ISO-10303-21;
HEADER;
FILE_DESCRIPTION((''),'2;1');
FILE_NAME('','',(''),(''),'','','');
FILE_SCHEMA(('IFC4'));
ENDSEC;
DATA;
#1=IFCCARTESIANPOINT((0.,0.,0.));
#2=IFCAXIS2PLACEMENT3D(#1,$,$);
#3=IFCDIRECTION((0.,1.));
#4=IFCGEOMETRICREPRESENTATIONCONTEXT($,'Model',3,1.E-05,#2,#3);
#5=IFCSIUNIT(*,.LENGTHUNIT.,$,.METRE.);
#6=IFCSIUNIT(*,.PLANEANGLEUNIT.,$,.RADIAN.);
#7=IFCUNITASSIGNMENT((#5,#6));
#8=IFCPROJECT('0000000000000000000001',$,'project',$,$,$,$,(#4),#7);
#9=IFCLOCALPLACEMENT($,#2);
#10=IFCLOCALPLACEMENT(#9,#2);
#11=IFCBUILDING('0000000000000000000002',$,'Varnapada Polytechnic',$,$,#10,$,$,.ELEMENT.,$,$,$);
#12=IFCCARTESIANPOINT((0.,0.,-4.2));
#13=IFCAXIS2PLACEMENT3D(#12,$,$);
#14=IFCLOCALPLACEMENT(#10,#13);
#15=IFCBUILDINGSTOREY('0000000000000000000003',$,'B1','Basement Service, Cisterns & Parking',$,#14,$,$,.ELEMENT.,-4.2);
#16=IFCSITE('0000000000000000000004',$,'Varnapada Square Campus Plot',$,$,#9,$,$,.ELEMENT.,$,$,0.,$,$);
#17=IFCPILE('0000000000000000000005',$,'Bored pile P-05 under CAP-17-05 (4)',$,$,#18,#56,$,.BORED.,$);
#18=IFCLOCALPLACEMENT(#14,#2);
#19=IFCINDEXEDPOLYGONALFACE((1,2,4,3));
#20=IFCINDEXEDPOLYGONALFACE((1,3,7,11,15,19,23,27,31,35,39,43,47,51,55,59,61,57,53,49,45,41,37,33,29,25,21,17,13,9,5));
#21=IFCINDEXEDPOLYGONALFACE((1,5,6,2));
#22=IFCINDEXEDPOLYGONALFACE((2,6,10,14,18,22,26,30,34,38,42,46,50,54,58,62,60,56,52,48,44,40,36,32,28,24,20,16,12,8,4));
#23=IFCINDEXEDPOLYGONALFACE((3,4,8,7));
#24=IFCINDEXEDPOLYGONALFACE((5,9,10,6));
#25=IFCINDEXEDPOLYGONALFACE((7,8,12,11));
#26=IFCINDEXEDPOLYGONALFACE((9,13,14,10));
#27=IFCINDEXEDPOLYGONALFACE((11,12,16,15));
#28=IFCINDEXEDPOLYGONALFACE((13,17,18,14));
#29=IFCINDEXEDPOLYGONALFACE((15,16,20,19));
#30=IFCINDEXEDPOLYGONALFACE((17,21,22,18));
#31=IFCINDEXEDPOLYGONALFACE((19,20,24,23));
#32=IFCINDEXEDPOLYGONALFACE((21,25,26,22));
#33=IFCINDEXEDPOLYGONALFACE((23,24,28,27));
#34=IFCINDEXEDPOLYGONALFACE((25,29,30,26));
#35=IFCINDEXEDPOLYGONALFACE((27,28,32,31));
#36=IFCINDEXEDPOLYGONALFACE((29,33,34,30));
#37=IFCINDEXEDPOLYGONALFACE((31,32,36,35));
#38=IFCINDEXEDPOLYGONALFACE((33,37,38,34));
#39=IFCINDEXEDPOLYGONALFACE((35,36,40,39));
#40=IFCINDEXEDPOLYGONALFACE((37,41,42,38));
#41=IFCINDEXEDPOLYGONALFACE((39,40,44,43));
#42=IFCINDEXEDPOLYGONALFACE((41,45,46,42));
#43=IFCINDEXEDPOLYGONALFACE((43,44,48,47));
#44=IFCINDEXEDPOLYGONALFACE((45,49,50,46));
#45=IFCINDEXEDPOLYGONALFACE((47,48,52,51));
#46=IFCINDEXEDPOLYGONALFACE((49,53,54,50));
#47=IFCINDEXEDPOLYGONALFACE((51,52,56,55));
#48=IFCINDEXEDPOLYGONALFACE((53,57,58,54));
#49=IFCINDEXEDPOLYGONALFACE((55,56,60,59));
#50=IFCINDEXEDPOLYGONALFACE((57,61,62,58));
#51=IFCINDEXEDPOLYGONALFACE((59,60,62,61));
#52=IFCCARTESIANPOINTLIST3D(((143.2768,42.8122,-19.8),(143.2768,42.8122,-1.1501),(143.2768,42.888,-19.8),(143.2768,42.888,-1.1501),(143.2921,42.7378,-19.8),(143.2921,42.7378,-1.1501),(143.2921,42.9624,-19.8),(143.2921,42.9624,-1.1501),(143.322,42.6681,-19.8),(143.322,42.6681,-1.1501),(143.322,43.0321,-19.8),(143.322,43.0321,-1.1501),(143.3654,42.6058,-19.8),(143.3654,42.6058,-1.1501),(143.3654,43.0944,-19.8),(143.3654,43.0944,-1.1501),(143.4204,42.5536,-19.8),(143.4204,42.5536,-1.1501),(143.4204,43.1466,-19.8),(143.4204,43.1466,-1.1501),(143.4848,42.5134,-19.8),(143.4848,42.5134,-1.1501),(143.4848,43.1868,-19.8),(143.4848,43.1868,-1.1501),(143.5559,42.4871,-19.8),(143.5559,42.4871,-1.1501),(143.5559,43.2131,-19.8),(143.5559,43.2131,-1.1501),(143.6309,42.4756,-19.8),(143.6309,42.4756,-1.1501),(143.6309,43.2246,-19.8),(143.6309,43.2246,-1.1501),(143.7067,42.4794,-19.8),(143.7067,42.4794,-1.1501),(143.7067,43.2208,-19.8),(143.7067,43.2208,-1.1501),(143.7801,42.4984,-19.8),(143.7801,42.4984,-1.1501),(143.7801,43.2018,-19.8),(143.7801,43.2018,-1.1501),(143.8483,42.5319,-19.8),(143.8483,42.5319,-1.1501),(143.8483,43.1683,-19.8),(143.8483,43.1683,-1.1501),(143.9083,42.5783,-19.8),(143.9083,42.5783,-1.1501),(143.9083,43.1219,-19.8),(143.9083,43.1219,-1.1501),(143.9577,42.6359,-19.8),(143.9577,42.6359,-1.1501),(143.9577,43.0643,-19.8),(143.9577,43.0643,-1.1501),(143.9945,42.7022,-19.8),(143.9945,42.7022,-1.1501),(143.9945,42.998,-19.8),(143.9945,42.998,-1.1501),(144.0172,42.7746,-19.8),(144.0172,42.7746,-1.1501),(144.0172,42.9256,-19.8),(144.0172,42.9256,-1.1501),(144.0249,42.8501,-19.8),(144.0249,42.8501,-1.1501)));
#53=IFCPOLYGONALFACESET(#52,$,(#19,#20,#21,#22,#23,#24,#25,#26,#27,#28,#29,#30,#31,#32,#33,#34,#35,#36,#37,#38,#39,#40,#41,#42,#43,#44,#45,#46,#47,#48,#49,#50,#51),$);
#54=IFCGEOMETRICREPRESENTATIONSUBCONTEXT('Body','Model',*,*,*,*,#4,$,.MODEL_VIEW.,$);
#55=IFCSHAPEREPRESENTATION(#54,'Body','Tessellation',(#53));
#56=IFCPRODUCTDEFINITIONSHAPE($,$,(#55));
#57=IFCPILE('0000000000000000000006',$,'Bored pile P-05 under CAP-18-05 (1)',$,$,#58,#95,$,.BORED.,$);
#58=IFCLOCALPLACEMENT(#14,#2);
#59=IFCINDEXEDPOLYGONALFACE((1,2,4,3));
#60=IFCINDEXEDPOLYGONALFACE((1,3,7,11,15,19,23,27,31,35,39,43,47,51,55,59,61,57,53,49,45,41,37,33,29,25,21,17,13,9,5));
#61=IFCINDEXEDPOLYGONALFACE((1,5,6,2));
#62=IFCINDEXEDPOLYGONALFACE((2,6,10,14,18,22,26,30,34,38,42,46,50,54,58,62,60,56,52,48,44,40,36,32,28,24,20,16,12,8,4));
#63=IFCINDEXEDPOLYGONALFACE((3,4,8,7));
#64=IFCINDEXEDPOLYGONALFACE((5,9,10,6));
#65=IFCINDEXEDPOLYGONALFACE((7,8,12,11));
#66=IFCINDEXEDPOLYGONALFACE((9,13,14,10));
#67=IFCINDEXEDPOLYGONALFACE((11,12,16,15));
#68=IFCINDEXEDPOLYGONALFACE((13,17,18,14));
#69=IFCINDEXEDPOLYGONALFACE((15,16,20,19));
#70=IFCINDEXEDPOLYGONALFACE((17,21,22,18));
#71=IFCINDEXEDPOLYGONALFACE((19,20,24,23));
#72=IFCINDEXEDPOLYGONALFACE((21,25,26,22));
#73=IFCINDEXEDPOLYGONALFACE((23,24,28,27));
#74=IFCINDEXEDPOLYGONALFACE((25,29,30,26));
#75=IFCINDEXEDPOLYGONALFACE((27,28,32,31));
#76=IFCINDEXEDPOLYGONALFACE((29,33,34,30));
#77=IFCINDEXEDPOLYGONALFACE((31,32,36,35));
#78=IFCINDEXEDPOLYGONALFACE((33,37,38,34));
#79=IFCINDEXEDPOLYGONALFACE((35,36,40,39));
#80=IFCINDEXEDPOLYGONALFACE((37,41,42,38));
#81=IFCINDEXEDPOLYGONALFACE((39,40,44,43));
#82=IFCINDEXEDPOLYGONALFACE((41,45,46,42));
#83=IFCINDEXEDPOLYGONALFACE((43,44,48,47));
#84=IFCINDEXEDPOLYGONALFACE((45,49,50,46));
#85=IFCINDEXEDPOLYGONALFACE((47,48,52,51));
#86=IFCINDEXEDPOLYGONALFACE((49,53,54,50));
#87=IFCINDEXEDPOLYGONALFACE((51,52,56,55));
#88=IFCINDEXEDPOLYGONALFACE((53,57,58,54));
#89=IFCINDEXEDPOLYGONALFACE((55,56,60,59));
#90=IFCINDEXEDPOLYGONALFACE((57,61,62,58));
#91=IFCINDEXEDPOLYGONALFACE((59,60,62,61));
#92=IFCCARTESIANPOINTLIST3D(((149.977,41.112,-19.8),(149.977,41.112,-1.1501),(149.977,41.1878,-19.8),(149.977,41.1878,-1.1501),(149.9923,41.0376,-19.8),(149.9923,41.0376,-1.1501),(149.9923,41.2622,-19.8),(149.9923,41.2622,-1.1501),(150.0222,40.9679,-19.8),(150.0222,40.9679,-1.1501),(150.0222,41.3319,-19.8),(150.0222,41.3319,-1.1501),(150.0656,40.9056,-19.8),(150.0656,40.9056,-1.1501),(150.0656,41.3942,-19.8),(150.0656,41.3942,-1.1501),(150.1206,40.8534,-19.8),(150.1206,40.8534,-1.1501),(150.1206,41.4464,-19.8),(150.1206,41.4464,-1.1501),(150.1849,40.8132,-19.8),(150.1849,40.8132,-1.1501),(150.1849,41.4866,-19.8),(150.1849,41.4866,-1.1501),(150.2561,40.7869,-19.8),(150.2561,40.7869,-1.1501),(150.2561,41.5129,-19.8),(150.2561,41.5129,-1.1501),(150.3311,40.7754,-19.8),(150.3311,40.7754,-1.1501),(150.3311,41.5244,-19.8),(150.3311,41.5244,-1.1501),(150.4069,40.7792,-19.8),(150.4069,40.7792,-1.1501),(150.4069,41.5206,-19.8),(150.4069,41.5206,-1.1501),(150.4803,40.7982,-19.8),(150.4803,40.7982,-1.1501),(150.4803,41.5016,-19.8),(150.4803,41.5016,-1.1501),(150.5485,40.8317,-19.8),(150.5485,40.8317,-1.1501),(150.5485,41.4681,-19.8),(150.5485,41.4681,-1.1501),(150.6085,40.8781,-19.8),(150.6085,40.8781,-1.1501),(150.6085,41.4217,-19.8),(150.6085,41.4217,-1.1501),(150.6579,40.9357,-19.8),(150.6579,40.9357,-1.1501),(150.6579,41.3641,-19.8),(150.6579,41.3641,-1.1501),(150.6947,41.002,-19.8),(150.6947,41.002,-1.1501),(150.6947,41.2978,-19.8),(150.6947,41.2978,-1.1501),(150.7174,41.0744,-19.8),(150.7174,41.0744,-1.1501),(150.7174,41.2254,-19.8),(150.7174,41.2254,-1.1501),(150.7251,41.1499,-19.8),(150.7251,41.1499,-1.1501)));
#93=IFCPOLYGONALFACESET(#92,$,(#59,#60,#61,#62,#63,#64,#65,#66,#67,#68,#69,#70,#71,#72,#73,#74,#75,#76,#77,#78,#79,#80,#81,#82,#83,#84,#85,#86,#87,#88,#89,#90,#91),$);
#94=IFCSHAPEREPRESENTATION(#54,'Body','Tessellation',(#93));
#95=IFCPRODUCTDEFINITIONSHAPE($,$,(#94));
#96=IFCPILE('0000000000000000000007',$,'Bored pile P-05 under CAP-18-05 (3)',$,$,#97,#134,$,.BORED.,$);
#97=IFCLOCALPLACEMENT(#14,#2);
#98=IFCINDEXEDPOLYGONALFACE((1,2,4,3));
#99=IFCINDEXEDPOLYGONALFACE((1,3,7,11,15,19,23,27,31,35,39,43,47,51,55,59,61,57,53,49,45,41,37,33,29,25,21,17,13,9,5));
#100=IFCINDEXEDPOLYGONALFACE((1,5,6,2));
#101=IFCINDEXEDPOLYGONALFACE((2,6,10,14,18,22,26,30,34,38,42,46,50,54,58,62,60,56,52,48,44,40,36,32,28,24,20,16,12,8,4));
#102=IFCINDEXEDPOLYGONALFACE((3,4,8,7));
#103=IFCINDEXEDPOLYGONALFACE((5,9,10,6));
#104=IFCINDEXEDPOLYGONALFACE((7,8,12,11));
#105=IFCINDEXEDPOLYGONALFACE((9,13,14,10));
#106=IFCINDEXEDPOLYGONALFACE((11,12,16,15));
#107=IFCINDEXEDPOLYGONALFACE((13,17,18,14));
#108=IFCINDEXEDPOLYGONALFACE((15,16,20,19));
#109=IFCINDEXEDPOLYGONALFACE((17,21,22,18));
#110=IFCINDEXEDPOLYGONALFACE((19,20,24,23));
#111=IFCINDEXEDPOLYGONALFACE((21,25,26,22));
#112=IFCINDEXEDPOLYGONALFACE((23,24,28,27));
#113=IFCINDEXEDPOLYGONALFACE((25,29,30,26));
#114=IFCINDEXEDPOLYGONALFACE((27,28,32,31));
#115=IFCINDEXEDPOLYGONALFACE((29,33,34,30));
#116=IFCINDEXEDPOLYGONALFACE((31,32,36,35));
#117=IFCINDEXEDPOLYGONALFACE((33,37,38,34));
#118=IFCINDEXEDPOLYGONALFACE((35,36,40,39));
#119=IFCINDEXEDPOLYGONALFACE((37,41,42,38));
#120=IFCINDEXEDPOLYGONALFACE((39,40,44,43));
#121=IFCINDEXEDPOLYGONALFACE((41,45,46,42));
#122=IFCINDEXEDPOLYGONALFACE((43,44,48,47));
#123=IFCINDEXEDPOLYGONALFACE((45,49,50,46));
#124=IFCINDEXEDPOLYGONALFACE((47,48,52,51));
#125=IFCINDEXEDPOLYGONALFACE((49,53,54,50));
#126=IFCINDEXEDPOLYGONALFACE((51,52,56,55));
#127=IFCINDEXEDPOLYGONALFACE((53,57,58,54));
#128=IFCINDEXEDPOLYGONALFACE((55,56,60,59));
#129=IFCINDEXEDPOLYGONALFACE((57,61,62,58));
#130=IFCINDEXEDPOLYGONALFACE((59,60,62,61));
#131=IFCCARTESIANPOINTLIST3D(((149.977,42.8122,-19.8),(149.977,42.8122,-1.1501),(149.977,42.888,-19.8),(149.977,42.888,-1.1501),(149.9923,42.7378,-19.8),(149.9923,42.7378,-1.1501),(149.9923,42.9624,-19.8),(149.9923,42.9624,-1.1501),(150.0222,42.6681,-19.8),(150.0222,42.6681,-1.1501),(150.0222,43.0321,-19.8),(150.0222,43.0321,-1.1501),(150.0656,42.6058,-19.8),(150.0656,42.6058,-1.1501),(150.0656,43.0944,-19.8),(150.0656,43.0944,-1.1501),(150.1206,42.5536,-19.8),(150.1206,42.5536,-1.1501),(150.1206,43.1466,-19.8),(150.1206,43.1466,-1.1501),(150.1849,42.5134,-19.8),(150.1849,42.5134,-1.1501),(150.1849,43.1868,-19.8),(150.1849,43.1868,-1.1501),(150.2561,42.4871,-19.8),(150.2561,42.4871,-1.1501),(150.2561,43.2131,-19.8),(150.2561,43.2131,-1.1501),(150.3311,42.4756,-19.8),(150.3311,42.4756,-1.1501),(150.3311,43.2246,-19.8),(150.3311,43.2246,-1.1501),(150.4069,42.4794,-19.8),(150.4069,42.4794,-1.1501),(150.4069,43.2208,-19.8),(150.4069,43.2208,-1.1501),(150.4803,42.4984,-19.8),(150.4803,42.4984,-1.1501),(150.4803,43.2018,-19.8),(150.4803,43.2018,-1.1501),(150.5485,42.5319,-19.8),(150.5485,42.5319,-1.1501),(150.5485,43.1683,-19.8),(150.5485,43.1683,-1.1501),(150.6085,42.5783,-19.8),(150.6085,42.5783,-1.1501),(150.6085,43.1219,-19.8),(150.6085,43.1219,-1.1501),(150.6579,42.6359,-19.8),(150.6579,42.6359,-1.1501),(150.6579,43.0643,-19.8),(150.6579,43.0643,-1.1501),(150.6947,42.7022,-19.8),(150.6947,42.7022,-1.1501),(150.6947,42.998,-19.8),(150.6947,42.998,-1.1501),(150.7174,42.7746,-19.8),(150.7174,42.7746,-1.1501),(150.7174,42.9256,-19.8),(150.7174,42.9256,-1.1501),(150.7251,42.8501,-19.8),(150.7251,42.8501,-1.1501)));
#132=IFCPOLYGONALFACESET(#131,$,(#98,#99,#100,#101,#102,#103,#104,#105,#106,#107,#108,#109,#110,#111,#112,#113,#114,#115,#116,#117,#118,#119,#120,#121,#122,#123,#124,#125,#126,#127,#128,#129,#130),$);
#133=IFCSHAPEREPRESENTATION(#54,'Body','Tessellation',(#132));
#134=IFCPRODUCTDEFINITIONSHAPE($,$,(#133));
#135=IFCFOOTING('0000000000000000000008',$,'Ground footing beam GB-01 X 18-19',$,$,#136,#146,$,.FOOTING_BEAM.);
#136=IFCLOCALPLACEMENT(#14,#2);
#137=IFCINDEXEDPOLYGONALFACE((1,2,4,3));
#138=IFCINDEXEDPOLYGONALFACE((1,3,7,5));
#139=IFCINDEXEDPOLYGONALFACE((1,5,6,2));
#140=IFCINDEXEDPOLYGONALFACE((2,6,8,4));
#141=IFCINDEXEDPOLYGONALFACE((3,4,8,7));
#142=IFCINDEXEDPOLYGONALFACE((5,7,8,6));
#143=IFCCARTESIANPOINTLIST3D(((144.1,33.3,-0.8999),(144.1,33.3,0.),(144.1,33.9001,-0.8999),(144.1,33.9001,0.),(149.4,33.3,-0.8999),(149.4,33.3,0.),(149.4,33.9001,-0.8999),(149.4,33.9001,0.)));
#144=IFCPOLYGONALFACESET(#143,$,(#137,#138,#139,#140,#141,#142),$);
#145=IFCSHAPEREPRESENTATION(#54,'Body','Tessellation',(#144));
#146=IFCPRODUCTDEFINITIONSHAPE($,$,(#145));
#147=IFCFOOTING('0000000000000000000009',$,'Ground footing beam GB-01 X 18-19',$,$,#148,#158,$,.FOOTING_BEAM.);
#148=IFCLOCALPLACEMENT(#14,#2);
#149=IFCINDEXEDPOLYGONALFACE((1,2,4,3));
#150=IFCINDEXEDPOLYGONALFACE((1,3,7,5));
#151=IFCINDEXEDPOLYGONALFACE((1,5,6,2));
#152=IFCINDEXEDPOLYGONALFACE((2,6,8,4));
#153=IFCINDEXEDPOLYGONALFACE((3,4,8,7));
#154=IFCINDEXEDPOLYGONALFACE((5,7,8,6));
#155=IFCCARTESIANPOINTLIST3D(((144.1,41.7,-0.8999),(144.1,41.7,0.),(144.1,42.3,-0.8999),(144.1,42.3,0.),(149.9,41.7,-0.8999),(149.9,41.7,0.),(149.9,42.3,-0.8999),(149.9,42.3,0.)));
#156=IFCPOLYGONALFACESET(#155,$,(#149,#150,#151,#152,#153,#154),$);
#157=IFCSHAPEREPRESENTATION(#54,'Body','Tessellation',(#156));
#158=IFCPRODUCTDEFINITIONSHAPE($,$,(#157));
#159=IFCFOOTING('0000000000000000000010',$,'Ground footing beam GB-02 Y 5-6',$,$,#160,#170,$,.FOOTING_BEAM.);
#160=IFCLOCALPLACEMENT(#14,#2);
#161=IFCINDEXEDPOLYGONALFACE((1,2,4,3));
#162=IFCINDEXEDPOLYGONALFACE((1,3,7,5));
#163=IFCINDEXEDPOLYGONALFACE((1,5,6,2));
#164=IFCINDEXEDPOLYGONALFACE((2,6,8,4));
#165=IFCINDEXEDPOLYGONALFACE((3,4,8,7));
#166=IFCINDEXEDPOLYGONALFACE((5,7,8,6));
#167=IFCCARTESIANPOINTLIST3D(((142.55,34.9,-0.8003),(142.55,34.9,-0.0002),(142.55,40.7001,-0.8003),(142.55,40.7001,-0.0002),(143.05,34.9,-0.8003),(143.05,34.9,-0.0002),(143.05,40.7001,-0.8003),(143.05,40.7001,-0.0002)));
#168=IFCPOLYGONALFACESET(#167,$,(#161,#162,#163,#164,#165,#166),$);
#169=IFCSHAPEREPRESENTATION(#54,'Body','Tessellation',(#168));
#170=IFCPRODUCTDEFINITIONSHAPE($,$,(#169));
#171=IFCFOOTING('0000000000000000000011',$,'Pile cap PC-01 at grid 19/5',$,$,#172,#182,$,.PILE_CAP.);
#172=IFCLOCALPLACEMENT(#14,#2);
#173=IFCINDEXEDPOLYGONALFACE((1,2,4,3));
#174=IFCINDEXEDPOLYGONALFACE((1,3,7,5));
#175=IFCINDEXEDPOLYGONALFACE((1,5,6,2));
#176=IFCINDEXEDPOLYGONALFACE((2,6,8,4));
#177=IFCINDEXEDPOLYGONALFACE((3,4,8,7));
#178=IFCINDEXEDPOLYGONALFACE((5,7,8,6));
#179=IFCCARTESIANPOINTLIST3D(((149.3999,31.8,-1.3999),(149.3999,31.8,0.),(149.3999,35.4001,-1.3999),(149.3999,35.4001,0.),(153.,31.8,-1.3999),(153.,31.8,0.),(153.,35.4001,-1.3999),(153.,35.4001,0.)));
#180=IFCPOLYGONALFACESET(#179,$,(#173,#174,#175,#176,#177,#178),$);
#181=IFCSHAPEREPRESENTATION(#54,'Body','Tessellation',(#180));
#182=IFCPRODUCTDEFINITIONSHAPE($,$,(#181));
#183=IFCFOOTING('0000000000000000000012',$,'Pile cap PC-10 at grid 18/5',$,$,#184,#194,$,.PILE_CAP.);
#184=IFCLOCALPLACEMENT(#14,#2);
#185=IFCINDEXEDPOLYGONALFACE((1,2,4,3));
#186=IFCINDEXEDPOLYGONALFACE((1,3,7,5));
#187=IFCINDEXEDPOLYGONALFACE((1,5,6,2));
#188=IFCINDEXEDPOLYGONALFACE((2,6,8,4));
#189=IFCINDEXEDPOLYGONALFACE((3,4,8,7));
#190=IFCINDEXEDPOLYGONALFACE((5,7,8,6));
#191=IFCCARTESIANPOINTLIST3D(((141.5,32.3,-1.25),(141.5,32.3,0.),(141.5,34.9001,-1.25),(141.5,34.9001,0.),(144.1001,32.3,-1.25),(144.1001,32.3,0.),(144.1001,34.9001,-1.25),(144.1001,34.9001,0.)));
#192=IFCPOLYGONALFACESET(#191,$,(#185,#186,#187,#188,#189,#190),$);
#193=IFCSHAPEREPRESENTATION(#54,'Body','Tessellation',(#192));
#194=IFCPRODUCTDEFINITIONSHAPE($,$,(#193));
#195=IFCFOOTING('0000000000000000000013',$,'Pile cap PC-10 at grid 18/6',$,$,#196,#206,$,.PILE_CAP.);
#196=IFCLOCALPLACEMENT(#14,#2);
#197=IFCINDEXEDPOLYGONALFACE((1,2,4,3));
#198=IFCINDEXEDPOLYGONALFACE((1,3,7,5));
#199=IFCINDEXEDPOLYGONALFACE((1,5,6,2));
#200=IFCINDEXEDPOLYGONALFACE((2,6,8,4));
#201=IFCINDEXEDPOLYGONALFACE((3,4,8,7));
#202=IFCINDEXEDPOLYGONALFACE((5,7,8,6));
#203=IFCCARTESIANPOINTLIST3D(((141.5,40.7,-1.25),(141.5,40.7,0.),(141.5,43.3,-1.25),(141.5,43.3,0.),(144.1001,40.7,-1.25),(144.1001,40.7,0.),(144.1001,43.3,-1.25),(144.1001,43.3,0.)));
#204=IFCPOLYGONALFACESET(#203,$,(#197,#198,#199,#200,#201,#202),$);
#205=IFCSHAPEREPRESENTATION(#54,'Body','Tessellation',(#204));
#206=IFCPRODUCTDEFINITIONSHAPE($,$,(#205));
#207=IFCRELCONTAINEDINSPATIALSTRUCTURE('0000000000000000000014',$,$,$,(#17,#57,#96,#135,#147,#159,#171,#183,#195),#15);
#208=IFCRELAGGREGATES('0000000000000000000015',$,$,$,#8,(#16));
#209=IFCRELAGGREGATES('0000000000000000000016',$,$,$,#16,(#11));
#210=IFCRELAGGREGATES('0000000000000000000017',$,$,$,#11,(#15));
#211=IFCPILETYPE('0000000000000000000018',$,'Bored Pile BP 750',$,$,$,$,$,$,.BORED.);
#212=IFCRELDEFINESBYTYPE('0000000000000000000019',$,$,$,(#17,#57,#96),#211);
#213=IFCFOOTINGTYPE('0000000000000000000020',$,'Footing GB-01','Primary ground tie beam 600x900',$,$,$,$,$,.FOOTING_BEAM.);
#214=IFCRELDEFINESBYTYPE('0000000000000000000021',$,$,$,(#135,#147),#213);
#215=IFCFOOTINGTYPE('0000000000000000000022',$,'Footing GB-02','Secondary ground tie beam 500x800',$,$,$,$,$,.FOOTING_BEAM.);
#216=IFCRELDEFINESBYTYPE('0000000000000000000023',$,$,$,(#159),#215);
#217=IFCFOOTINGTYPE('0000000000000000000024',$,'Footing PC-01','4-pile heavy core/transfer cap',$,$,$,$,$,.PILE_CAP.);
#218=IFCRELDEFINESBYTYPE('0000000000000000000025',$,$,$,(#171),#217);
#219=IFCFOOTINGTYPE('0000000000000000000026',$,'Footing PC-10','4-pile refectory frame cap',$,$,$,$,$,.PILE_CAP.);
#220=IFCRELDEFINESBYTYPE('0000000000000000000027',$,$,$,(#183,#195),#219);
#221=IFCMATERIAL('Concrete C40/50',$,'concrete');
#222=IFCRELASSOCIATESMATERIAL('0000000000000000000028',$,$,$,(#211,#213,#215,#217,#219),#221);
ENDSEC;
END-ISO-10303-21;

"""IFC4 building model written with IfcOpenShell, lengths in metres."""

from ifc_helpers import new_model, si_unit, direction, frame, origin, origin_2d, place, context, subcontext, project, spatial, rectangle, circle, extrude, material, material_profile, profile_set, type_object, element, save


model = new_model("IFC4")

# Units and contexts
model_context = context("Model", 3, precision=1e-05, world=origin(), true_north=direction((0.0, 1.0)))
body_context = subcontext(model_context, "Body", "Model", "MODEL_VIEW")
ifc_project = project(units=[si_unit("LENGTHUNIT", "METRE"), si_unit("PLANEANGLEUNIT", "RADIAN")], contexts=[model_context])

# Site, building, storey
site_placement = place(None, origin())
site = spatial("IfcSite", under=ifc_project, at=site_placement, Name="Varnapada Square Campus Plot", CompositionType="ELEMENT", RefElevation=0.0)
building_placement = place(site_placement, origin())
building = spatial("IfcBuilding", under=site, at=building_placement, Name="Varnapada Polytechnic", CompositionType="ELEMENT")
storey_placement = place(building_placement, frame((0.0, 0.0, -4.2)))
storey = spatial("IfcBuildingStorey", under=building, at=storey_placement, Name="B1", Description="Basement Service, Cisterns & Parking", CompositionType="ELEMENT", Elevation=-4.2)

# Piles
ifc_material_1 = material(Name="Concrete C40/50", Category="concrete")
ifc_material_profile_1 = material_profile(ifc_material_1, circle(Radius=0.375, at=origin_2d()), Name="BP 750")
ifc_profile_set_1 = profile_set([ifc_material_profile_1], Name="Concrete C40/50")
pile_type_1 = type_object("IfcPileType", Name="Bored Pile BP 750", PredefinedType="BORED", material=ifc_profile_set_1)
for number, where, z_axis, x_axis, name in (
    (1, (143.6499, 42.8501, -1.1501), (0.0, 0.0, -1.0), (1.0, 0.0, 0.0), "Bored pile P-05 under CAP-17-05 (4)"),
    (2, (150.3501, 41.1499, -1.1501), (0.0, 0.0, -1.0), (1.0, 0.0, 0.0), "Bored pile P-05 under CAP-18-05 (1)"),
    (3, (150.3501, 42.8501, -1.1501), (0.0, 0.0, -1.0), (1.0, 0.0, 0.0), "Bored pile P-05 under CAP-18-05 (3)"),
):
    element("IfcPile", number, at=place(storey_placement, frame(where, z_axis=z_axis, x_axis=x_axis)), inside=storey, type_object=pile_type_1, Name=name, PredefinedType="BORED", context=body_context, shape_type="SweptSolid", body=[
        extrude(circle(Radius=0.375, at=origin_2d()), origin(), (0.0, 0.0, 1.0), 18.6499),
    ])

# Footings
footing_type_1 = type_object("IfcFootingType", Name="Footing GB-01", Description="Primary ground tie beam 600x900", PredefinedType="FOOTING_BEAM", material=ifc_material_1)
footing_1_placement = place(storey_placement, frame((146.75, 33.6001, -0.8999), z_axis=(0.0, 0.0, 1.0), x_axis=(1.0, 0.0, 0.0)))
element("IfcFooting", 4, at=footing_1_placement, inside=storey, type_object=footing_type_1, Name="Ground footing beam GB-01 X 18-19", PredefinedType="FOOTING_BEAM", context=body_context, shape_type="SweptSolid", body=[
    extrude(rectangle(XDim=5.3, YDim=0.6001, at=origin_2d()), origin(), (0.0, 0.0, 1.0), 0.8999),
])
footing_2_placement = place(storey_placement, frame((147.0, 42.0, -0.8999), z_axis=(0.0, 0.0, 1.0), x_axis=(1.0, 0.0, 0.0)))
element("IfcFooting", 5, at=footing_2_placement, inside=storey, type_object=footing_type_1, Name="Ground footing beam GB-01 X 18-19", PredefinedType="FOOTING_BEAM", context=body_context, shape_type="SweptSolid", body=[
    extrude(rectangle(XDim=5.8, YDim=0.6001, at=origin_2d()), origin(), (0.0, 0.0, 1.0), 0.8999),
])
footing_type_2 = type_object("IfcFootingType", Name="Footing GB-02", Description="Secondary ground tie beam 500x800", PredefinedType="FOOTING_BEAM", material=ifc_material_1)
footing_3_placement = place(storey_placement, frame((142.8, 37.8, -0.8003), z_axis=(0.0, 0.0, 1.0), x_axis=(0.0, 1.0, 0.0)))
element("IfcFooting", 6, at=footing_3_placement, inside=storey, type_object=footing_type_2, Name="Ground footing beam GB-02 Y 5-6", PredefinedType="FOOTING_BEAM", context=body_context, shape_type="SweptSolid", body=[
    extrude(rectangle(XDim=5.8, YDim=0.5, at=origin_2d()), origin(), (0.0, 0.0, 1.0), 0.8),
])
footing_type_3 = type_object("IfcFootingType", Name="Footing PC-01", Description="4-pile heavy core/transfer cap", PredefinedType="PILE_CAP", material=ifc_material_1)
footing_4_placement = place(storey_placement, frame((151.2, 33.6001, -1.3999), z_axis=(0.0, 0.0, 1.0), x_axis=(1.0, 0.0, 0.0)))
element("IfcFooting", 7, at=footing_4_placement, inside=storey, type_object=footing_type_3, Name="Pile cap PC-01 at grid 19/5", PredefinedType="PILE_CAP", context=body_context, shape_type="SweptSolid", body=[
    extrude(rectangle(XDim=3.6001, YDim=3.6001, at=origin_2d()), origin(), (0.0, 0.0, 1.0), 1.3999),
])
footing_type_4 = type_object("IfcFootingType", Name="Footing PC-10", Description="4-pile refectory frame cap", PredefinedType="PILE_CAP", material=ifc_material_1)
for number, where, z_axis, x_axis, name in (
    (8, (142.8, 33.6001, -1.25), (0.0, 0.0, 1.0), (1.0, 0.0, 0.0), "Pile cap PC-10 at grid 18/5"),
    (9, (142.8, 42.0, -1.25), (0.0, 0.0, 1.0), (1.0, 0.0, 0.0), "Pile cap PC-10 at grid 18/6"),
):
    element("IfcFooting", number, at=place(storey_placement, frame(where, z_axis=z_axis, x_axis=x_axis)), inside=storey, type_object=footing_type_4, Name=name, PredefinedType="PILE_CAP", context=body_context, shape_type="SweptSolid", body=[
        extrude(rectangle(XDim=2.6001, YDim=2.6001, at=origin_2d()), origin(), (0.0, 0.0, 1.0), 1.25),
    ])

save(model, "model.ifc")
